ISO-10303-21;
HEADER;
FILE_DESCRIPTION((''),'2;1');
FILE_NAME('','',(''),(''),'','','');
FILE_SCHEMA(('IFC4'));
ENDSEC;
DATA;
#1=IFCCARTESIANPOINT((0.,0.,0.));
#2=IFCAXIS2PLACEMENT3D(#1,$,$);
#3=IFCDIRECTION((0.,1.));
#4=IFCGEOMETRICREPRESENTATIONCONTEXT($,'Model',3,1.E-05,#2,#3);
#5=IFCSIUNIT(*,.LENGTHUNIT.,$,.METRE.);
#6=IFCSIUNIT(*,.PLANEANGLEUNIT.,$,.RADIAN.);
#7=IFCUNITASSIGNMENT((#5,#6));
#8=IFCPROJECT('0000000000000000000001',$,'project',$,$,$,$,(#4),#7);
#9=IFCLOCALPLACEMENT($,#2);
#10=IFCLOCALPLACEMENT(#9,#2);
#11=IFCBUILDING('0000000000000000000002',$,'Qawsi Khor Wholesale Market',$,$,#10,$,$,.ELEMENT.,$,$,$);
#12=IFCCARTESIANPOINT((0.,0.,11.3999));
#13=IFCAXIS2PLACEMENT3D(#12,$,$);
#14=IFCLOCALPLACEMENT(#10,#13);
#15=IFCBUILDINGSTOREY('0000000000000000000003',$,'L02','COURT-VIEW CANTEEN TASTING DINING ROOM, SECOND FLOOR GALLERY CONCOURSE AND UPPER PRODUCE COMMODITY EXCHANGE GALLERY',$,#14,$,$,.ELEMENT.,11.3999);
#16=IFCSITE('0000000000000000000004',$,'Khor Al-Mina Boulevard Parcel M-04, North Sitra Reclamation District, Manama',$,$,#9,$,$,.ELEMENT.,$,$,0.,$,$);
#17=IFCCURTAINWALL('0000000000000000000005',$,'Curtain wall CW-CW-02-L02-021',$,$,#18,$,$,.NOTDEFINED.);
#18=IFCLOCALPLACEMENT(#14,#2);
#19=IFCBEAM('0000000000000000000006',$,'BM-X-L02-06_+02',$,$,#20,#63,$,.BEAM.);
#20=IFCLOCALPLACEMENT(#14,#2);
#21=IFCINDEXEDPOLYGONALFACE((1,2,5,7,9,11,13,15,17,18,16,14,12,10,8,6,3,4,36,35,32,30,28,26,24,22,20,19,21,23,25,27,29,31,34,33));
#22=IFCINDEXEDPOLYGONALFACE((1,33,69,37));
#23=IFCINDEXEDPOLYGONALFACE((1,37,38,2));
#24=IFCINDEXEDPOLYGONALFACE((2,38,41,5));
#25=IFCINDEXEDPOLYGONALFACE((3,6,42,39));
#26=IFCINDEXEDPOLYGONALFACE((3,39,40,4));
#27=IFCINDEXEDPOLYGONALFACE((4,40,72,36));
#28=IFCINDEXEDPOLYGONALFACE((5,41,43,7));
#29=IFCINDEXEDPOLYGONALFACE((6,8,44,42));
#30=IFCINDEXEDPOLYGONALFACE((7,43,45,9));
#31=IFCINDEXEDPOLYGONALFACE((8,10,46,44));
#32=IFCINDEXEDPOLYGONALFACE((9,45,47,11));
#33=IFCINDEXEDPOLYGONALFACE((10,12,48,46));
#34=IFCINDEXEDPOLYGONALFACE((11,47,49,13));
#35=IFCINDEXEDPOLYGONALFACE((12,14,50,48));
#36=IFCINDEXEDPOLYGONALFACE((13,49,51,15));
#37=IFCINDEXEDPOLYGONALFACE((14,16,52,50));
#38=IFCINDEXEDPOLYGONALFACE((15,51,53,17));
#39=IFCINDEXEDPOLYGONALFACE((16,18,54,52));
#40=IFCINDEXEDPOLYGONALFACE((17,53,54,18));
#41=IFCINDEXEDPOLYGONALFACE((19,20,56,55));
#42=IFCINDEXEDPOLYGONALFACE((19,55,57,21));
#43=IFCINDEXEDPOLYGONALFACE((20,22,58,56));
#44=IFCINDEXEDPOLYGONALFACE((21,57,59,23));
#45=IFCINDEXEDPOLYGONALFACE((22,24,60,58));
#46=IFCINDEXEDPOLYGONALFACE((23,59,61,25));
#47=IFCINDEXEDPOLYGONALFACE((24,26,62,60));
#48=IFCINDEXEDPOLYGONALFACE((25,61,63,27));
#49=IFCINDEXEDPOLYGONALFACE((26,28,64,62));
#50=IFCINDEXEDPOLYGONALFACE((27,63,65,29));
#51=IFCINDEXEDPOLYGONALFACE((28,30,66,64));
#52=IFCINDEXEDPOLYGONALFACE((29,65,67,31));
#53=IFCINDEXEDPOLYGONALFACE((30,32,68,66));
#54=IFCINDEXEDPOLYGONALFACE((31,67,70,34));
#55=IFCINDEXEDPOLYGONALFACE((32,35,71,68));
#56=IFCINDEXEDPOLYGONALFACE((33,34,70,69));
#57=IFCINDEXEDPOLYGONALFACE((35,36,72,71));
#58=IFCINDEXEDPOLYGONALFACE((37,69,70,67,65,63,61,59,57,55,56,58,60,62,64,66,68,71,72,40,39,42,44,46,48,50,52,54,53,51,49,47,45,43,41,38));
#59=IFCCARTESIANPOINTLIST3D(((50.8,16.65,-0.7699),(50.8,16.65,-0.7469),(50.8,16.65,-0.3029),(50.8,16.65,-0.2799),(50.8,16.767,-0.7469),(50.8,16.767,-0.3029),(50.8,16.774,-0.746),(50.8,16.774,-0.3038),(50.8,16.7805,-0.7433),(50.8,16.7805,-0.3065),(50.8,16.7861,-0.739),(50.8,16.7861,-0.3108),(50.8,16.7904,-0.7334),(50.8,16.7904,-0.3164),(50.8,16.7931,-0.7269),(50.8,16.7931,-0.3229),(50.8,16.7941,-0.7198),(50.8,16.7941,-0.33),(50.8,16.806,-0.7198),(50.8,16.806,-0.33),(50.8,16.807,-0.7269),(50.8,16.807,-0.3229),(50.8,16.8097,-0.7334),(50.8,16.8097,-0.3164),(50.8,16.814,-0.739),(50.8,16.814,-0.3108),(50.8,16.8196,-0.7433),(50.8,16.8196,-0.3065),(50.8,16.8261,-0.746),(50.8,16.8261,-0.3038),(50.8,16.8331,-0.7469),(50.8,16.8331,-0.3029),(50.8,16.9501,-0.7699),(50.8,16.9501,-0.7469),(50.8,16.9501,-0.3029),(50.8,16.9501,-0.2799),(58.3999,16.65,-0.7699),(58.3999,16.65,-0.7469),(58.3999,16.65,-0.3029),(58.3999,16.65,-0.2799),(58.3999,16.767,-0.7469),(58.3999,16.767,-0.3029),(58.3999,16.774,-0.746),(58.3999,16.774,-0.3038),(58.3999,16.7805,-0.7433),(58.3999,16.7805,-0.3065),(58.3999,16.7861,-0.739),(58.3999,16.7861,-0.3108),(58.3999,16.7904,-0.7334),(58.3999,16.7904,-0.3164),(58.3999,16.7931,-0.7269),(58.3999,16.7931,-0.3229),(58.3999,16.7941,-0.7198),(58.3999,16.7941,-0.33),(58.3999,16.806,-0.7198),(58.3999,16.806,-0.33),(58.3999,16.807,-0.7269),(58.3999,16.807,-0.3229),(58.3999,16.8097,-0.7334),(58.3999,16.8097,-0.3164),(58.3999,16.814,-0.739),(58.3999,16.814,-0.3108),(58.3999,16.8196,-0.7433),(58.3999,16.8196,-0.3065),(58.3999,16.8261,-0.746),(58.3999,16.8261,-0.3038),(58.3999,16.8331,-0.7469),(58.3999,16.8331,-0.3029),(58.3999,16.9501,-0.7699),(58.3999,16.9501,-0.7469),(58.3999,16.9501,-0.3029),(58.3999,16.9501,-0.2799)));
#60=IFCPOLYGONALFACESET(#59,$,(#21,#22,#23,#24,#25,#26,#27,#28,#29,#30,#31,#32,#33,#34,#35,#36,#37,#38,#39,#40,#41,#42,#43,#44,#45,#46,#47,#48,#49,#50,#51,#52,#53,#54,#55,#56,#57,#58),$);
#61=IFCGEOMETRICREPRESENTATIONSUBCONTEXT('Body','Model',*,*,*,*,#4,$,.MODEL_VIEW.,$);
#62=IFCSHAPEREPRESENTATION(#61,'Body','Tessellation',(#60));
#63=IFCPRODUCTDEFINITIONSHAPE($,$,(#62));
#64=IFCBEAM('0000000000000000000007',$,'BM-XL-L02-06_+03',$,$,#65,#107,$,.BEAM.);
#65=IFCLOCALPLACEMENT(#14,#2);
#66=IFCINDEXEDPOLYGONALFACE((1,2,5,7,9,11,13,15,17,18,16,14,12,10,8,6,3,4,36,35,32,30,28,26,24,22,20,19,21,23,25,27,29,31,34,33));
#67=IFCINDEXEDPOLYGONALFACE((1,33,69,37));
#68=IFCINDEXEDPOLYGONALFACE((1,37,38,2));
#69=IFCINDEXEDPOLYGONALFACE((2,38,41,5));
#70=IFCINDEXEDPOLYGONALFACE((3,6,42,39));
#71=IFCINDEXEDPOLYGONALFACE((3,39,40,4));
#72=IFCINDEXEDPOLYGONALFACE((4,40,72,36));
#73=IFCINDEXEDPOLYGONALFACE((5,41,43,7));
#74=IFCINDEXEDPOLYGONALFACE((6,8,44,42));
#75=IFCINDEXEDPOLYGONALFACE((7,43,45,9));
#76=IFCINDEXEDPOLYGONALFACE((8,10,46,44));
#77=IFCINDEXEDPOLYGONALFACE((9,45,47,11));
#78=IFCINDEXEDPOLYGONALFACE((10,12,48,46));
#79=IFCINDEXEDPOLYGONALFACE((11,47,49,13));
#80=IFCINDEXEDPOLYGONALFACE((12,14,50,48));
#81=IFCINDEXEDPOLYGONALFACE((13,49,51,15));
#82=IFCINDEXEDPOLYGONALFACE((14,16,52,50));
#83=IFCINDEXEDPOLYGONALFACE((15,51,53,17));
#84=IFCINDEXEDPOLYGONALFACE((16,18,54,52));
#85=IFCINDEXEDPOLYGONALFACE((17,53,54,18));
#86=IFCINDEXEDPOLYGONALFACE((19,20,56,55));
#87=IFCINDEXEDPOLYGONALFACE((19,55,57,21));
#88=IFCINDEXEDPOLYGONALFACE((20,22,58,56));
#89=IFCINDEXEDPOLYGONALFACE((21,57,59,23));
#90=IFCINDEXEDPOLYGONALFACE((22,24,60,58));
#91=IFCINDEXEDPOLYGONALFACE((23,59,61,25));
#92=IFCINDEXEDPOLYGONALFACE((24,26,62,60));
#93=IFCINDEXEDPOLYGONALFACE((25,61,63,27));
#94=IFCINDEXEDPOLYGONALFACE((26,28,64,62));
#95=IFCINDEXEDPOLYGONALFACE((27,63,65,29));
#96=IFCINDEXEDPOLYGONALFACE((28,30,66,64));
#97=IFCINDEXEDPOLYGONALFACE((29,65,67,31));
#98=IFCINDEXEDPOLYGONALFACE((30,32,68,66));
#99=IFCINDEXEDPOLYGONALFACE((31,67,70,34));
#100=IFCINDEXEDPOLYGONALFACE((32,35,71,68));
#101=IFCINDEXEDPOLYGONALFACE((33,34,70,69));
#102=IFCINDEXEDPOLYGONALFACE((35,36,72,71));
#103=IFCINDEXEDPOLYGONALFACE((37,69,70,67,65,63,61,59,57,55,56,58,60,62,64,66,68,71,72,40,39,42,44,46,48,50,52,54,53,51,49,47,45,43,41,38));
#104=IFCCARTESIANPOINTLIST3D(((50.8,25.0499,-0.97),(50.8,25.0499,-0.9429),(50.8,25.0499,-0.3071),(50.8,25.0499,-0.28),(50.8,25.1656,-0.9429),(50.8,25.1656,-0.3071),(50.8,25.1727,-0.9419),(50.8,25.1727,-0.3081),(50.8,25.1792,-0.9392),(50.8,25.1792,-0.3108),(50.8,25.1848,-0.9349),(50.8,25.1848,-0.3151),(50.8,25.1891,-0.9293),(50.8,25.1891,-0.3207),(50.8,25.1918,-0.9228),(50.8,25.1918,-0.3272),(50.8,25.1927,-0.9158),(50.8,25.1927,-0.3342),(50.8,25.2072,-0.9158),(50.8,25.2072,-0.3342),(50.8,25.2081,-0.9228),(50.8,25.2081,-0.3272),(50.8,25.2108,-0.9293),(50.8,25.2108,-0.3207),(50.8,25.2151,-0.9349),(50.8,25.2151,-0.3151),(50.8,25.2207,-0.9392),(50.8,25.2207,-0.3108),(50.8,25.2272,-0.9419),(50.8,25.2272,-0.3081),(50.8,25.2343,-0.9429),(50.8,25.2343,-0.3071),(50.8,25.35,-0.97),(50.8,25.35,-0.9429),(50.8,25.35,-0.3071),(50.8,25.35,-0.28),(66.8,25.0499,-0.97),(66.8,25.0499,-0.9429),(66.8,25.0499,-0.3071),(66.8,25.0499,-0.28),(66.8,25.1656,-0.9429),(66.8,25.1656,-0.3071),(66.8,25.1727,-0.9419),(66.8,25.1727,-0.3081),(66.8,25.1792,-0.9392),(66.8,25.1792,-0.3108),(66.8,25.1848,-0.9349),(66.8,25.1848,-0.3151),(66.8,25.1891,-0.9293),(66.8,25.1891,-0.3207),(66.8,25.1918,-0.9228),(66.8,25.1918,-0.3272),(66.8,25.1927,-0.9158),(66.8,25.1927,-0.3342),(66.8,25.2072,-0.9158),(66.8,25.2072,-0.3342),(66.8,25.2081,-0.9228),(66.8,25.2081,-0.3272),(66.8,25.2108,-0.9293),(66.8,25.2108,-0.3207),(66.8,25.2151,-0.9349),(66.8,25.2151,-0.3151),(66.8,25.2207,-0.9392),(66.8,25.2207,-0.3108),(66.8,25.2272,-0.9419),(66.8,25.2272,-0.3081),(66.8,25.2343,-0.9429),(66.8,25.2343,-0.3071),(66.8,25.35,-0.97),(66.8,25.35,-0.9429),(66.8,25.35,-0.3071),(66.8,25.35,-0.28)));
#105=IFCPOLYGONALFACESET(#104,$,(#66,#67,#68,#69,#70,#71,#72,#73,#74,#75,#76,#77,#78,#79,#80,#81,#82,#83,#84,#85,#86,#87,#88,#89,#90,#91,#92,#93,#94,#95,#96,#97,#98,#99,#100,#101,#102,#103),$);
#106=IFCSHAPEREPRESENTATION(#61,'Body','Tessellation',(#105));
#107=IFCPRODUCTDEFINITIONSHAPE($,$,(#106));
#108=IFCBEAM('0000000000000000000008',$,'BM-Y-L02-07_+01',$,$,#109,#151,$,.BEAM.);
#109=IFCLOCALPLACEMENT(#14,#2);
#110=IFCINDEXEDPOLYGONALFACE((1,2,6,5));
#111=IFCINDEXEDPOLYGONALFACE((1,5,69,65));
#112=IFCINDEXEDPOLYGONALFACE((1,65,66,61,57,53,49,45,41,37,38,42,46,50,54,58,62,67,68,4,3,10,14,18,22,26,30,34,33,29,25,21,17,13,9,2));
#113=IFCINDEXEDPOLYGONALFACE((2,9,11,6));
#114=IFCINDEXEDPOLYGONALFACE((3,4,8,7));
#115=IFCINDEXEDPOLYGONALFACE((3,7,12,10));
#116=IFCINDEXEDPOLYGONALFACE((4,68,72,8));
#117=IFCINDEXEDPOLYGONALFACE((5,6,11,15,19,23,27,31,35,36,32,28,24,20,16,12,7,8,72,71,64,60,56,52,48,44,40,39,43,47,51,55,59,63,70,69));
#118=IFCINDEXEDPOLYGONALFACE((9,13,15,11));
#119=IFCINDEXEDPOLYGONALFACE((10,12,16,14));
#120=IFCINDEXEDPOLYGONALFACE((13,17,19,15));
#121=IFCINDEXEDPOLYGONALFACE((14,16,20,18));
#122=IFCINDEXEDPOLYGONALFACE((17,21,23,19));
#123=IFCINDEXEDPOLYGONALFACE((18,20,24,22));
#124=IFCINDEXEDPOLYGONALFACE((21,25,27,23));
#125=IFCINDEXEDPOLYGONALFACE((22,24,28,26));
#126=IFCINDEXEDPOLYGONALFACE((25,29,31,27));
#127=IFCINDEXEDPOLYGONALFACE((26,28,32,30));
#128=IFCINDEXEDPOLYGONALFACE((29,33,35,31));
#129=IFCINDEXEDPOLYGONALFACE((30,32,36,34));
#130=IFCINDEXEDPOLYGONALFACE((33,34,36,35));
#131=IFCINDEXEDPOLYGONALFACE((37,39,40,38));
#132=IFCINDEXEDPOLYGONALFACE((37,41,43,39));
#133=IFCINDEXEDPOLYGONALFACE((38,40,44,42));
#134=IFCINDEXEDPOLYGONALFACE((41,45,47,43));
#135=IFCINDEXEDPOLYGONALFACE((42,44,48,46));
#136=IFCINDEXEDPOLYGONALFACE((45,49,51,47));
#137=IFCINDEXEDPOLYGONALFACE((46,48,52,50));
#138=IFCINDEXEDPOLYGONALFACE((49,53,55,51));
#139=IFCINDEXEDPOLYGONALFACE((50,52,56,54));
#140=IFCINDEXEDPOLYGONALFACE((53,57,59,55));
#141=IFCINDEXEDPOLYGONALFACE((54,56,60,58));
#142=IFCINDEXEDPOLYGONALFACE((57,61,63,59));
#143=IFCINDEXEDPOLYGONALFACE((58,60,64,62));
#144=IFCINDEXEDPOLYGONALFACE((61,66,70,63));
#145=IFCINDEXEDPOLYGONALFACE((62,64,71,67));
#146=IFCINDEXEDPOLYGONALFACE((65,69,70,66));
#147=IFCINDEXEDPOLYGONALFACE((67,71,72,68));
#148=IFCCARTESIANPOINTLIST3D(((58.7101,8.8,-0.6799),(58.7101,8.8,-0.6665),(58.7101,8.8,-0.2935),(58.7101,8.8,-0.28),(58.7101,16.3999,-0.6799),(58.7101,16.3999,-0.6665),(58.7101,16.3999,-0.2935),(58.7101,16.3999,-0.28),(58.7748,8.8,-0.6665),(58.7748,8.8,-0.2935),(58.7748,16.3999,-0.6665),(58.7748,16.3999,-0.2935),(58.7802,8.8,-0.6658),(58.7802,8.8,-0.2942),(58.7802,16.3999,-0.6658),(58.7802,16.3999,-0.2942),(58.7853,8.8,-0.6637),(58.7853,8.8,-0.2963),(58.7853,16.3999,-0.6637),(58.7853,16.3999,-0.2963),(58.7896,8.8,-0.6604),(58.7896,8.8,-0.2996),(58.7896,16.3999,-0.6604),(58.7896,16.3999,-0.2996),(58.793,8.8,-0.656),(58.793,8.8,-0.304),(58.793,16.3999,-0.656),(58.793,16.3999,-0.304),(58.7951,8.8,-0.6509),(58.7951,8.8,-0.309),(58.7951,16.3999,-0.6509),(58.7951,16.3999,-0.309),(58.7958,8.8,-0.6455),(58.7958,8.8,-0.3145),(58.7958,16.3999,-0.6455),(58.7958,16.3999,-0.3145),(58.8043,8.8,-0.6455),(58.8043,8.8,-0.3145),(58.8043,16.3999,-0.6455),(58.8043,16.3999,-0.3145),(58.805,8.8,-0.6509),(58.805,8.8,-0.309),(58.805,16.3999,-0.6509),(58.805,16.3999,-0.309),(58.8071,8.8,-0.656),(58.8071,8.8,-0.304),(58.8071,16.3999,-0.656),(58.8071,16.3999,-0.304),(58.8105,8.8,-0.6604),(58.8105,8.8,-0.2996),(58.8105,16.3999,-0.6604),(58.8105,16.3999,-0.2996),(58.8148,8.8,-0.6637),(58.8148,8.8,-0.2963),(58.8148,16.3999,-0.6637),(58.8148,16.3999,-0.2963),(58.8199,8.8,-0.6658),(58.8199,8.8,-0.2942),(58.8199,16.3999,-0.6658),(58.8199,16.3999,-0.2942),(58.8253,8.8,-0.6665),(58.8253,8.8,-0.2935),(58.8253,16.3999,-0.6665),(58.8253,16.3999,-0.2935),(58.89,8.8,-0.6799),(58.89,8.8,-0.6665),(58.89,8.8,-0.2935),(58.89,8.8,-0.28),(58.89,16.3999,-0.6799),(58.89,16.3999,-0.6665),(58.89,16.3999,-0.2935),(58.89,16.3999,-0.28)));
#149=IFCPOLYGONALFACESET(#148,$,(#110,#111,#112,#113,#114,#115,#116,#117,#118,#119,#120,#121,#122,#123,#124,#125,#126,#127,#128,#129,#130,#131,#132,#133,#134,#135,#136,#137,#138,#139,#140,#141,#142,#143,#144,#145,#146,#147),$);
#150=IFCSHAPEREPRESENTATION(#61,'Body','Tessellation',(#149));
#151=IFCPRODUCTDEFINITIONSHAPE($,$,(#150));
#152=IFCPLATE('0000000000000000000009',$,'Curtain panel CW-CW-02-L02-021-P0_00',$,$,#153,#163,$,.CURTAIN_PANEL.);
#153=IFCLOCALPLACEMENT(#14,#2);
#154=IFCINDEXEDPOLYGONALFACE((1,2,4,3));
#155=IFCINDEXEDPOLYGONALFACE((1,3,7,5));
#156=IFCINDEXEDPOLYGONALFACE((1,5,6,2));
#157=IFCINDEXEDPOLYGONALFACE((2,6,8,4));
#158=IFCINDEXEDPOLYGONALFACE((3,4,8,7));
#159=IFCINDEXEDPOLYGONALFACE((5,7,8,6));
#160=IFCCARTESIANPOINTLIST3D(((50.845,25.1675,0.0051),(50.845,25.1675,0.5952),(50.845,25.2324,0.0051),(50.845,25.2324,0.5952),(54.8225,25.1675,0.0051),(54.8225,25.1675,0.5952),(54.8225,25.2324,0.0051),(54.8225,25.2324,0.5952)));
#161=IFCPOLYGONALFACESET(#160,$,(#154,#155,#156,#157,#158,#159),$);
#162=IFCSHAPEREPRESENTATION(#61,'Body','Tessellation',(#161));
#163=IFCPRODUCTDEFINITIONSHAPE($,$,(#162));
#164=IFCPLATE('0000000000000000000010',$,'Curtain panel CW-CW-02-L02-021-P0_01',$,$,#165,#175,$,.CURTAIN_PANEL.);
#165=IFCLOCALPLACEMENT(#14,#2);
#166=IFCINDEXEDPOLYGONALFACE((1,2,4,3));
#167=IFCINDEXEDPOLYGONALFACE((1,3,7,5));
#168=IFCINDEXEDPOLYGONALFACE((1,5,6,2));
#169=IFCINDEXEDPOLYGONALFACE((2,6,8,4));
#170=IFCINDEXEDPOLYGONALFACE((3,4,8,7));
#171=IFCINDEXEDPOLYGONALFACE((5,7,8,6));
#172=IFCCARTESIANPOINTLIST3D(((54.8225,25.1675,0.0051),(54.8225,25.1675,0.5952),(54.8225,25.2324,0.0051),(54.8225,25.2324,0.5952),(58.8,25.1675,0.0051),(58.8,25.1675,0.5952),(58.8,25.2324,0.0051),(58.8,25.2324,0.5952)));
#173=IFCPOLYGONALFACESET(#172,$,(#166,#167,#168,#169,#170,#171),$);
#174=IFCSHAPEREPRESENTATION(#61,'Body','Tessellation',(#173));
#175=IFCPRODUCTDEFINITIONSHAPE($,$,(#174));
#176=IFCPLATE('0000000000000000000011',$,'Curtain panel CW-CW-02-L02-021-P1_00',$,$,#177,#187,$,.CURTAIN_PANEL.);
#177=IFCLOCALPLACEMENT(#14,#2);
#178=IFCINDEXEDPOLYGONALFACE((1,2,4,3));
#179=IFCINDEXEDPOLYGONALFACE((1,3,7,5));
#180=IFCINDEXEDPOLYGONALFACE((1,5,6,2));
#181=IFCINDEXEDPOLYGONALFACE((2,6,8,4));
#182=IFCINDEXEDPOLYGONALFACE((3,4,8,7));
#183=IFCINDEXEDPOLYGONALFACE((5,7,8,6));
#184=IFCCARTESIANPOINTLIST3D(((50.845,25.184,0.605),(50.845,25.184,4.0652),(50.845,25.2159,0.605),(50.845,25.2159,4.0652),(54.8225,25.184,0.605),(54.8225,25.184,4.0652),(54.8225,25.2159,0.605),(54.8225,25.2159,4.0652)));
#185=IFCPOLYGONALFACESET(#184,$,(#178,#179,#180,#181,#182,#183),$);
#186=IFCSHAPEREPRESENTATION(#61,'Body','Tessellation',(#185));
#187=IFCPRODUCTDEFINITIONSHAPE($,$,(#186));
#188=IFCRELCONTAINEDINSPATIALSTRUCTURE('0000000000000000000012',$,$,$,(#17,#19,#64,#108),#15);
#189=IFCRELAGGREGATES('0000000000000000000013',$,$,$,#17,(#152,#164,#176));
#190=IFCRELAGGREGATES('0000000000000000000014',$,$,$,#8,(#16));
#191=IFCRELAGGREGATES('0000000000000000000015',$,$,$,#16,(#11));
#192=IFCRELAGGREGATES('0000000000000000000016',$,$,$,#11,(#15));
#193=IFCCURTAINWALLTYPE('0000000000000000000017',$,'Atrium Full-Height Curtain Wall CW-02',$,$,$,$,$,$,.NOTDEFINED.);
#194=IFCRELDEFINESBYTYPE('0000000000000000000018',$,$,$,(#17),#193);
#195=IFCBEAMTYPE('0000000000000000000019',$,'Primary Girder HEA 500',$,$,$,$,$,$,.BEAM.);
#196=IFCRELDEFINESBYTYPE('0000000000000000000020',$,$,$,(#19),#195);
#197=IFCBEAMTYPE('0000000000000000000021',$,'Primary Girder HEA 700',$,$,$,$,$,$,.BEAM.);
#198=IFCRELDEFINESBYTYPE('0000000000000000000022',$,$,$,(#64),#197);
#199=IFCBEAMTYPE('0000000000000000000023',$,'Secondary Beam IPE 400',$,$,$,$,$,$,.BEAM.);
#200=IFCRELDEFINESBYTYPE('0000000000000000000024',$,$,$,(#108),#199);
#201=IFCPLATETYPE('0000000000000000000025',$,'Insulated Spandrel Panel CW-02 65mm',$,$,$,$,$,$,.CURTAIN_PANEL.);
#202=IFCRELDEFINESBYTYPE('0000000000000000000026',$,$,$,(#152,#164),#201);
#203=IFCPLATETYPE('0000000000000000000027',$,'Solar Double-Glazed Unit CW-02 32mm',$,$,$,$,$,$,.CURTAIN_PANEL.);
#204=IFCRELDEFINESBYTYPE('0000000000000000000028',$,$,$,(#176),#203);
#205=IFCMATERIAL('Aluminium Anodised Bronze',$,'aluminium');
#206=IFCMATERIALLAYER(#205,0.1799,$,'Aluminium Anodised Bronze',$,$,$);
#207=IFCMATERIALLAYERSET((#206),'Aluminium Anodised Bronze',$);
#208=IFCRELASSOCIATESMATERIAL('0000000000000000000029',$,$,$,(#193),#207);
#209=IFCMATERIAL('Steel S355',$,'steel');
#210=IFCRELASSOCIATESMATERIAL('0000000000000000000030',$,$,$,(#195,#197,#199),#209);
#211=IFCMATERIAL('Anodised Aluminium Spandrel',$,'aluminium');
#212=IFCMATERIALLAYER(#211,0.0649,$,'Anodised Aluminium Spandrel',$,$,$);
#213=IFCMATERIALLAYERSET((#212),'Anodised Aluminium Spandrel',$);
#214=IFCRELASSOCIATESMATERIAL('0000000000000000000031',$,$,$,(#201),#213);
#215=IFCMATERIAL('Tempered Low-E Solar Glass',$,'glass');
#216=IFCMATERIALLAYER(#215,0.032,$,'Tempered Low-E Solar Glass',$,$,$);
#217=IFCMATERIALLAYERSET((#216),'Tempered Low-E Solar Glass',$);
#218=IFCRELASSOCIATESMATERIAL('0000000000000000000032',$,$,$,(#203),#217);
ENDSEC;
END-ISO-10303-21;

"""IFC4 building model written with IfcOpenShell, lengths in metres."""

from ifc_helpers import new_model, si_unit, direction, frame, frame_2d, origin, origin_2d, place, context, subcontext, project, spatial, rectangle, i_section, extrude, material, layer, layer_set, material_profile, profile_set, type_object, element, aggregate, save


model = new_model("IFC4")

# Units and contexts
model_context = context("Model", 3, precision=1e-05, world=origin(), true_north=direction((0.0, 1.0)))
body_context = subcontext(model_context, "Body", "Model", "MODEL_VIEW")
ifc_project = project(units=[si_unit("LENGTHUNIT", "METRE"), si_unit("PLANEANGLEUNIT", "RADIAN")], contexts=[model_context])

# Site, building, storey
site_placement = place(None, origin())
site = spatial("IfcSite", under=ifc_project, at=site_placement, Name="Khor Al-Mina Boulevard Parcel M-04, North Sitra Reclamation District, Manama", CompositionType="ELEMENT", RefElevation=0.0)
building_placement = place(site_placement, origin())
building = spatial("IfcBuilding", under=site, at=building_placement, Name="Qawsi Khor Wholesale Market", CompositionType="ELEMENT")
storey_placement = place(building_placement, frame((0.0, 0.0, 11.3999)))
storey = spatial("IfcBuildingStorey", under=building, at=storey_placement, Name="L02", Description="COURT-VIEW CANTEEN TASTING DINING ROOM, SECOND FLOOR GALLERY CONCOURSE AND UPPER PRODUCE COMMODITY EXCHANGE GALLERY", CompositionType="ELEMENT", Elevation=11.3999)

# Curtain wall
ifc_material_1 = material(Name="Aluminium Anodised Bronze", Category="aluminium")
ifc_layer_1 = layer(ifc_material_1, 0.1799, Name="Aluminium Anodised Bronze")
ifc_layer_set_1 = layer_set([ifc_layer_1], Name="Aluminium Anodised Bronze")
curtain_wall_type = type_object("IfcCurtainWallType", Name="Atrium Full-Height Curtain Wall CW-02", PredefinedType="NOTDEFINED", material=ifc_layer_set_1)
curtain_wall_placement = place(storey_placement, origin())
curtain_wall = element("IfcCurtainWall", 1, at=curtain_wall_placement, inside=storey, type_object=curtain_wall_type, Name="Curtain wall CW-CW-02-L02-021", PredefinedType="NOTDEFINED")

# Beams
ifc_material_2 = material(Name="Steel S355", Category="steel")
ifc_material_profile_1 = material_profile(ifc_material_2, i_section(OverallWidth=0.3, OverallDepth=0.49, WebThickness=0.012, FlangeThickness=0.0229, FilletRadius=0.0271, at=origin_2d()), Name="HEA 500")
ifc_profile_set_1 = profile_set([ifc_material_profile_1], Name="Steel S355")
beam_type_1 = type_object("IfcBeamType", Name="Primary Girder HEA 500", PredefinedType="BEAM", material=ifc_profile_set_1)
beam_1_placement = place(storey_placement, frame((50.8, 16.8, -0.5249), z_axis=(1.0, 0.0, 0.0), x_axis=(0.0, 1.0, 0.0)))
element("IfcBeam", 2, at=beam_1_placement, inside=storey, type_object=beam_type_1, Name="BM-X-L02-06_+02", PredefinedType="BEAM", context=body_context, shape_type="SweptSolid", body=[
    extrude(i_section(OverallWidth=0.3, OverallDepth=0.49, WebThickness=0.012, FlangeThickness=0.0229, FilletRadius=0.0271, at=origin_2d()), origin(), (0.0, 0.0, 1.0), 7.5999),
])
ifc_material_profile_2 = material_profile(ifc_material_2, i_section(OverallWidth=0.3, OverallDepth=0.6899, WebThickness=0.0144, FlangeThickness=0.0271, FilletRadius=0.0271, at=origin_2d()), Name="HEA 700")
ifc_profile_set_2 = profile_set([ifc_material_profile_2], Name="Steel S355")
beam_type_2 = type_object("IfcBeamType", Name="Primary Girder HEA 700", PredefinedType="BEAM", material=ifc_profile_set_2)
beam_2_placement = place(storey_placement, frame((50.8, 25.2, -0.625), z_axis=(1.0, 0.0, 0.0), x_axis=(0.0, 1.0, 0.0)))
element("IfcBeam", 3, at=beam_2_placement, inside=storey, type_object=beam_type_2, Name="BM-XL-L02-06_+03", PredefinedType="BEAM", context=body_context, shape_type="SweptSolid", body=[
    extrude(i_section(OverallWidth=0.3, OverallDepth=0.6899, WebThickness=0.0144, FlangeThickness=0.0271, FilletRadius=0.0271, at=origin_2d()), origin(), (0.0, 0.0, 1.0), 16.0),
])
ifc_material_profile_3 = material_profile(ifc_material_2, i_section(OverallWidth=0.1799, OverallDepth=0.3999, WebThickness=0.0085, FlangeThickness=0.0134, FilletRadius=0.021, at=origin_2d()), Name="IPE 400")
ifc_profile_set_3 = profile_set([ifc_material_profile_3], Name="Steel S355")
beam_type_3 = type_object("IfcBeamType", Name="Secondary Beam IPE 400", PredefinedType="BEAM", material=ifc_profile_set_3)
beam_3_placement = place(storey_placement, frame((58.8, 8.8, -0.48), z_axis=(0.0, 1.0, 0.0), x_axis=(-1.0, 0.0, 0.0)))
element("IfcBeam", 4, at=beam_3_placement, inside=storey, type_object=beam_type_3, Name="BM-Y-L02-07_+01", PredefinedType="BEAM", context=body_context, shape_type="SweptSolid", body=[
    extrude(i_section(OverallWidth=0.1799, OverallDepth=0.3999, WebThickness=0.0085, FlangeThickness=0.0134, FilletRadius=0.021, at=origin_2d()), origin(), (0.0, 0.0, 1.0), 7.5999),
])

# Plates
ifc_material_3 = material(Name="Anodised Aluminium Spandrel", Category="aluminium")
ifc_layer_2 = layer(ifc_material_3, 0.0649, Name="Anodised Aluminium Spandrel")
ifc_layer_set_2 = layer_set([ifc_layer_2], Name="Anodised Aluminium Spandrel")
plate_type_1 = type_object("IfcPlateType", Name="Insulated Spandrel Panel CW-02 65mm", PredefinedType="CURTAIN_PANEL", material=ifc_layer_set_2)
plate_1_placement = place(storey_placement, frame((50.845, 25.2, 0.0051), z_axis=(0.0, 0.0, 1.0), x_axis=(1.0, 0.0, 0.0)))
plate_1 = element("IfcPlate", 5, at=plate_1_placement, type_object=plate_type_1, Name="Curtain panel CW-CW-02-L02-021-P0_00", PredefinedType="CURTAIN_PANEL", context=body_context, shape_type="SweptSolid", body=[
    extrude(rectangle(XDim=3.9775, YDim=0.0649, at=frame_2d((1.9888, 0.0))), origin(), (0.0, 0.0, 1.0), 0.5901),
])
plate_2_placement = place(storey_placement, frame((54.8225, 25.2, 0.0051), z_axis=(0.0, 0.0, 1.0), x_axis=(1.0, 0.0, 0.0)))
plate_2 = element("IfcPlate", 6, at=plate_2_placement, type_object=plate_type_1, Name="Curtain panel CW-CW-02-L02-021-P0_01", PredefinedType="CURTAIN_PANEL", context=body_context, shape_type="SweptSolid", body=[
    extrude(rectangle(XDim=3.9775, YDim=0.0649, at=frame_2d((1.9888, 0.0))), origin(), (0.0, 0.0, 1.0), 0.5901),
])
ifc_material_4 = material(Name="Tempered Low-E Solar Glass", Category="glass")
ifc_layer_3 = layer(ifc_material_4, 0.032, Name="Tempered Low-E Solar Glass")
ifc_layer_set_3 = layer_set([ifc_layer_3], Name="Tempered Low-E Solar Glass")
plate_type_2 = type_object("IfcPlateType", Name="Solar Double-Glazed Unit CW-02 32mm", PredefinedType="CURTAIN_PANEL", material=ifc_layer_set_3)
plate_3_placement = place(storey_placement, frame((50.845, 25.2, 0.605), z_axis=(0.0, 0.0, 1.0), x_axis=(1.0, 0.0, 0.0)))
plate_3 = element("IfcPlate", 7, at=plate_3_placement, type_object=plate_type_2, Name="Curtain panel CW-CW-02-L02-021-P1_00", PredefinedType="CURTAIN_PANEL", context=body_context, shape_type="SweptSolid", body=[
    extrude(rectangle(XDim=3.9775, YDim=0.032, at=frame_2d((1.9888, 0.0))), origin(), (0.0, 0.0, 1.0), 3.4602),
])
aggregate(curtain_wall, [plate_1, plate_2, plate_3])

save(model, "model.ifc")
